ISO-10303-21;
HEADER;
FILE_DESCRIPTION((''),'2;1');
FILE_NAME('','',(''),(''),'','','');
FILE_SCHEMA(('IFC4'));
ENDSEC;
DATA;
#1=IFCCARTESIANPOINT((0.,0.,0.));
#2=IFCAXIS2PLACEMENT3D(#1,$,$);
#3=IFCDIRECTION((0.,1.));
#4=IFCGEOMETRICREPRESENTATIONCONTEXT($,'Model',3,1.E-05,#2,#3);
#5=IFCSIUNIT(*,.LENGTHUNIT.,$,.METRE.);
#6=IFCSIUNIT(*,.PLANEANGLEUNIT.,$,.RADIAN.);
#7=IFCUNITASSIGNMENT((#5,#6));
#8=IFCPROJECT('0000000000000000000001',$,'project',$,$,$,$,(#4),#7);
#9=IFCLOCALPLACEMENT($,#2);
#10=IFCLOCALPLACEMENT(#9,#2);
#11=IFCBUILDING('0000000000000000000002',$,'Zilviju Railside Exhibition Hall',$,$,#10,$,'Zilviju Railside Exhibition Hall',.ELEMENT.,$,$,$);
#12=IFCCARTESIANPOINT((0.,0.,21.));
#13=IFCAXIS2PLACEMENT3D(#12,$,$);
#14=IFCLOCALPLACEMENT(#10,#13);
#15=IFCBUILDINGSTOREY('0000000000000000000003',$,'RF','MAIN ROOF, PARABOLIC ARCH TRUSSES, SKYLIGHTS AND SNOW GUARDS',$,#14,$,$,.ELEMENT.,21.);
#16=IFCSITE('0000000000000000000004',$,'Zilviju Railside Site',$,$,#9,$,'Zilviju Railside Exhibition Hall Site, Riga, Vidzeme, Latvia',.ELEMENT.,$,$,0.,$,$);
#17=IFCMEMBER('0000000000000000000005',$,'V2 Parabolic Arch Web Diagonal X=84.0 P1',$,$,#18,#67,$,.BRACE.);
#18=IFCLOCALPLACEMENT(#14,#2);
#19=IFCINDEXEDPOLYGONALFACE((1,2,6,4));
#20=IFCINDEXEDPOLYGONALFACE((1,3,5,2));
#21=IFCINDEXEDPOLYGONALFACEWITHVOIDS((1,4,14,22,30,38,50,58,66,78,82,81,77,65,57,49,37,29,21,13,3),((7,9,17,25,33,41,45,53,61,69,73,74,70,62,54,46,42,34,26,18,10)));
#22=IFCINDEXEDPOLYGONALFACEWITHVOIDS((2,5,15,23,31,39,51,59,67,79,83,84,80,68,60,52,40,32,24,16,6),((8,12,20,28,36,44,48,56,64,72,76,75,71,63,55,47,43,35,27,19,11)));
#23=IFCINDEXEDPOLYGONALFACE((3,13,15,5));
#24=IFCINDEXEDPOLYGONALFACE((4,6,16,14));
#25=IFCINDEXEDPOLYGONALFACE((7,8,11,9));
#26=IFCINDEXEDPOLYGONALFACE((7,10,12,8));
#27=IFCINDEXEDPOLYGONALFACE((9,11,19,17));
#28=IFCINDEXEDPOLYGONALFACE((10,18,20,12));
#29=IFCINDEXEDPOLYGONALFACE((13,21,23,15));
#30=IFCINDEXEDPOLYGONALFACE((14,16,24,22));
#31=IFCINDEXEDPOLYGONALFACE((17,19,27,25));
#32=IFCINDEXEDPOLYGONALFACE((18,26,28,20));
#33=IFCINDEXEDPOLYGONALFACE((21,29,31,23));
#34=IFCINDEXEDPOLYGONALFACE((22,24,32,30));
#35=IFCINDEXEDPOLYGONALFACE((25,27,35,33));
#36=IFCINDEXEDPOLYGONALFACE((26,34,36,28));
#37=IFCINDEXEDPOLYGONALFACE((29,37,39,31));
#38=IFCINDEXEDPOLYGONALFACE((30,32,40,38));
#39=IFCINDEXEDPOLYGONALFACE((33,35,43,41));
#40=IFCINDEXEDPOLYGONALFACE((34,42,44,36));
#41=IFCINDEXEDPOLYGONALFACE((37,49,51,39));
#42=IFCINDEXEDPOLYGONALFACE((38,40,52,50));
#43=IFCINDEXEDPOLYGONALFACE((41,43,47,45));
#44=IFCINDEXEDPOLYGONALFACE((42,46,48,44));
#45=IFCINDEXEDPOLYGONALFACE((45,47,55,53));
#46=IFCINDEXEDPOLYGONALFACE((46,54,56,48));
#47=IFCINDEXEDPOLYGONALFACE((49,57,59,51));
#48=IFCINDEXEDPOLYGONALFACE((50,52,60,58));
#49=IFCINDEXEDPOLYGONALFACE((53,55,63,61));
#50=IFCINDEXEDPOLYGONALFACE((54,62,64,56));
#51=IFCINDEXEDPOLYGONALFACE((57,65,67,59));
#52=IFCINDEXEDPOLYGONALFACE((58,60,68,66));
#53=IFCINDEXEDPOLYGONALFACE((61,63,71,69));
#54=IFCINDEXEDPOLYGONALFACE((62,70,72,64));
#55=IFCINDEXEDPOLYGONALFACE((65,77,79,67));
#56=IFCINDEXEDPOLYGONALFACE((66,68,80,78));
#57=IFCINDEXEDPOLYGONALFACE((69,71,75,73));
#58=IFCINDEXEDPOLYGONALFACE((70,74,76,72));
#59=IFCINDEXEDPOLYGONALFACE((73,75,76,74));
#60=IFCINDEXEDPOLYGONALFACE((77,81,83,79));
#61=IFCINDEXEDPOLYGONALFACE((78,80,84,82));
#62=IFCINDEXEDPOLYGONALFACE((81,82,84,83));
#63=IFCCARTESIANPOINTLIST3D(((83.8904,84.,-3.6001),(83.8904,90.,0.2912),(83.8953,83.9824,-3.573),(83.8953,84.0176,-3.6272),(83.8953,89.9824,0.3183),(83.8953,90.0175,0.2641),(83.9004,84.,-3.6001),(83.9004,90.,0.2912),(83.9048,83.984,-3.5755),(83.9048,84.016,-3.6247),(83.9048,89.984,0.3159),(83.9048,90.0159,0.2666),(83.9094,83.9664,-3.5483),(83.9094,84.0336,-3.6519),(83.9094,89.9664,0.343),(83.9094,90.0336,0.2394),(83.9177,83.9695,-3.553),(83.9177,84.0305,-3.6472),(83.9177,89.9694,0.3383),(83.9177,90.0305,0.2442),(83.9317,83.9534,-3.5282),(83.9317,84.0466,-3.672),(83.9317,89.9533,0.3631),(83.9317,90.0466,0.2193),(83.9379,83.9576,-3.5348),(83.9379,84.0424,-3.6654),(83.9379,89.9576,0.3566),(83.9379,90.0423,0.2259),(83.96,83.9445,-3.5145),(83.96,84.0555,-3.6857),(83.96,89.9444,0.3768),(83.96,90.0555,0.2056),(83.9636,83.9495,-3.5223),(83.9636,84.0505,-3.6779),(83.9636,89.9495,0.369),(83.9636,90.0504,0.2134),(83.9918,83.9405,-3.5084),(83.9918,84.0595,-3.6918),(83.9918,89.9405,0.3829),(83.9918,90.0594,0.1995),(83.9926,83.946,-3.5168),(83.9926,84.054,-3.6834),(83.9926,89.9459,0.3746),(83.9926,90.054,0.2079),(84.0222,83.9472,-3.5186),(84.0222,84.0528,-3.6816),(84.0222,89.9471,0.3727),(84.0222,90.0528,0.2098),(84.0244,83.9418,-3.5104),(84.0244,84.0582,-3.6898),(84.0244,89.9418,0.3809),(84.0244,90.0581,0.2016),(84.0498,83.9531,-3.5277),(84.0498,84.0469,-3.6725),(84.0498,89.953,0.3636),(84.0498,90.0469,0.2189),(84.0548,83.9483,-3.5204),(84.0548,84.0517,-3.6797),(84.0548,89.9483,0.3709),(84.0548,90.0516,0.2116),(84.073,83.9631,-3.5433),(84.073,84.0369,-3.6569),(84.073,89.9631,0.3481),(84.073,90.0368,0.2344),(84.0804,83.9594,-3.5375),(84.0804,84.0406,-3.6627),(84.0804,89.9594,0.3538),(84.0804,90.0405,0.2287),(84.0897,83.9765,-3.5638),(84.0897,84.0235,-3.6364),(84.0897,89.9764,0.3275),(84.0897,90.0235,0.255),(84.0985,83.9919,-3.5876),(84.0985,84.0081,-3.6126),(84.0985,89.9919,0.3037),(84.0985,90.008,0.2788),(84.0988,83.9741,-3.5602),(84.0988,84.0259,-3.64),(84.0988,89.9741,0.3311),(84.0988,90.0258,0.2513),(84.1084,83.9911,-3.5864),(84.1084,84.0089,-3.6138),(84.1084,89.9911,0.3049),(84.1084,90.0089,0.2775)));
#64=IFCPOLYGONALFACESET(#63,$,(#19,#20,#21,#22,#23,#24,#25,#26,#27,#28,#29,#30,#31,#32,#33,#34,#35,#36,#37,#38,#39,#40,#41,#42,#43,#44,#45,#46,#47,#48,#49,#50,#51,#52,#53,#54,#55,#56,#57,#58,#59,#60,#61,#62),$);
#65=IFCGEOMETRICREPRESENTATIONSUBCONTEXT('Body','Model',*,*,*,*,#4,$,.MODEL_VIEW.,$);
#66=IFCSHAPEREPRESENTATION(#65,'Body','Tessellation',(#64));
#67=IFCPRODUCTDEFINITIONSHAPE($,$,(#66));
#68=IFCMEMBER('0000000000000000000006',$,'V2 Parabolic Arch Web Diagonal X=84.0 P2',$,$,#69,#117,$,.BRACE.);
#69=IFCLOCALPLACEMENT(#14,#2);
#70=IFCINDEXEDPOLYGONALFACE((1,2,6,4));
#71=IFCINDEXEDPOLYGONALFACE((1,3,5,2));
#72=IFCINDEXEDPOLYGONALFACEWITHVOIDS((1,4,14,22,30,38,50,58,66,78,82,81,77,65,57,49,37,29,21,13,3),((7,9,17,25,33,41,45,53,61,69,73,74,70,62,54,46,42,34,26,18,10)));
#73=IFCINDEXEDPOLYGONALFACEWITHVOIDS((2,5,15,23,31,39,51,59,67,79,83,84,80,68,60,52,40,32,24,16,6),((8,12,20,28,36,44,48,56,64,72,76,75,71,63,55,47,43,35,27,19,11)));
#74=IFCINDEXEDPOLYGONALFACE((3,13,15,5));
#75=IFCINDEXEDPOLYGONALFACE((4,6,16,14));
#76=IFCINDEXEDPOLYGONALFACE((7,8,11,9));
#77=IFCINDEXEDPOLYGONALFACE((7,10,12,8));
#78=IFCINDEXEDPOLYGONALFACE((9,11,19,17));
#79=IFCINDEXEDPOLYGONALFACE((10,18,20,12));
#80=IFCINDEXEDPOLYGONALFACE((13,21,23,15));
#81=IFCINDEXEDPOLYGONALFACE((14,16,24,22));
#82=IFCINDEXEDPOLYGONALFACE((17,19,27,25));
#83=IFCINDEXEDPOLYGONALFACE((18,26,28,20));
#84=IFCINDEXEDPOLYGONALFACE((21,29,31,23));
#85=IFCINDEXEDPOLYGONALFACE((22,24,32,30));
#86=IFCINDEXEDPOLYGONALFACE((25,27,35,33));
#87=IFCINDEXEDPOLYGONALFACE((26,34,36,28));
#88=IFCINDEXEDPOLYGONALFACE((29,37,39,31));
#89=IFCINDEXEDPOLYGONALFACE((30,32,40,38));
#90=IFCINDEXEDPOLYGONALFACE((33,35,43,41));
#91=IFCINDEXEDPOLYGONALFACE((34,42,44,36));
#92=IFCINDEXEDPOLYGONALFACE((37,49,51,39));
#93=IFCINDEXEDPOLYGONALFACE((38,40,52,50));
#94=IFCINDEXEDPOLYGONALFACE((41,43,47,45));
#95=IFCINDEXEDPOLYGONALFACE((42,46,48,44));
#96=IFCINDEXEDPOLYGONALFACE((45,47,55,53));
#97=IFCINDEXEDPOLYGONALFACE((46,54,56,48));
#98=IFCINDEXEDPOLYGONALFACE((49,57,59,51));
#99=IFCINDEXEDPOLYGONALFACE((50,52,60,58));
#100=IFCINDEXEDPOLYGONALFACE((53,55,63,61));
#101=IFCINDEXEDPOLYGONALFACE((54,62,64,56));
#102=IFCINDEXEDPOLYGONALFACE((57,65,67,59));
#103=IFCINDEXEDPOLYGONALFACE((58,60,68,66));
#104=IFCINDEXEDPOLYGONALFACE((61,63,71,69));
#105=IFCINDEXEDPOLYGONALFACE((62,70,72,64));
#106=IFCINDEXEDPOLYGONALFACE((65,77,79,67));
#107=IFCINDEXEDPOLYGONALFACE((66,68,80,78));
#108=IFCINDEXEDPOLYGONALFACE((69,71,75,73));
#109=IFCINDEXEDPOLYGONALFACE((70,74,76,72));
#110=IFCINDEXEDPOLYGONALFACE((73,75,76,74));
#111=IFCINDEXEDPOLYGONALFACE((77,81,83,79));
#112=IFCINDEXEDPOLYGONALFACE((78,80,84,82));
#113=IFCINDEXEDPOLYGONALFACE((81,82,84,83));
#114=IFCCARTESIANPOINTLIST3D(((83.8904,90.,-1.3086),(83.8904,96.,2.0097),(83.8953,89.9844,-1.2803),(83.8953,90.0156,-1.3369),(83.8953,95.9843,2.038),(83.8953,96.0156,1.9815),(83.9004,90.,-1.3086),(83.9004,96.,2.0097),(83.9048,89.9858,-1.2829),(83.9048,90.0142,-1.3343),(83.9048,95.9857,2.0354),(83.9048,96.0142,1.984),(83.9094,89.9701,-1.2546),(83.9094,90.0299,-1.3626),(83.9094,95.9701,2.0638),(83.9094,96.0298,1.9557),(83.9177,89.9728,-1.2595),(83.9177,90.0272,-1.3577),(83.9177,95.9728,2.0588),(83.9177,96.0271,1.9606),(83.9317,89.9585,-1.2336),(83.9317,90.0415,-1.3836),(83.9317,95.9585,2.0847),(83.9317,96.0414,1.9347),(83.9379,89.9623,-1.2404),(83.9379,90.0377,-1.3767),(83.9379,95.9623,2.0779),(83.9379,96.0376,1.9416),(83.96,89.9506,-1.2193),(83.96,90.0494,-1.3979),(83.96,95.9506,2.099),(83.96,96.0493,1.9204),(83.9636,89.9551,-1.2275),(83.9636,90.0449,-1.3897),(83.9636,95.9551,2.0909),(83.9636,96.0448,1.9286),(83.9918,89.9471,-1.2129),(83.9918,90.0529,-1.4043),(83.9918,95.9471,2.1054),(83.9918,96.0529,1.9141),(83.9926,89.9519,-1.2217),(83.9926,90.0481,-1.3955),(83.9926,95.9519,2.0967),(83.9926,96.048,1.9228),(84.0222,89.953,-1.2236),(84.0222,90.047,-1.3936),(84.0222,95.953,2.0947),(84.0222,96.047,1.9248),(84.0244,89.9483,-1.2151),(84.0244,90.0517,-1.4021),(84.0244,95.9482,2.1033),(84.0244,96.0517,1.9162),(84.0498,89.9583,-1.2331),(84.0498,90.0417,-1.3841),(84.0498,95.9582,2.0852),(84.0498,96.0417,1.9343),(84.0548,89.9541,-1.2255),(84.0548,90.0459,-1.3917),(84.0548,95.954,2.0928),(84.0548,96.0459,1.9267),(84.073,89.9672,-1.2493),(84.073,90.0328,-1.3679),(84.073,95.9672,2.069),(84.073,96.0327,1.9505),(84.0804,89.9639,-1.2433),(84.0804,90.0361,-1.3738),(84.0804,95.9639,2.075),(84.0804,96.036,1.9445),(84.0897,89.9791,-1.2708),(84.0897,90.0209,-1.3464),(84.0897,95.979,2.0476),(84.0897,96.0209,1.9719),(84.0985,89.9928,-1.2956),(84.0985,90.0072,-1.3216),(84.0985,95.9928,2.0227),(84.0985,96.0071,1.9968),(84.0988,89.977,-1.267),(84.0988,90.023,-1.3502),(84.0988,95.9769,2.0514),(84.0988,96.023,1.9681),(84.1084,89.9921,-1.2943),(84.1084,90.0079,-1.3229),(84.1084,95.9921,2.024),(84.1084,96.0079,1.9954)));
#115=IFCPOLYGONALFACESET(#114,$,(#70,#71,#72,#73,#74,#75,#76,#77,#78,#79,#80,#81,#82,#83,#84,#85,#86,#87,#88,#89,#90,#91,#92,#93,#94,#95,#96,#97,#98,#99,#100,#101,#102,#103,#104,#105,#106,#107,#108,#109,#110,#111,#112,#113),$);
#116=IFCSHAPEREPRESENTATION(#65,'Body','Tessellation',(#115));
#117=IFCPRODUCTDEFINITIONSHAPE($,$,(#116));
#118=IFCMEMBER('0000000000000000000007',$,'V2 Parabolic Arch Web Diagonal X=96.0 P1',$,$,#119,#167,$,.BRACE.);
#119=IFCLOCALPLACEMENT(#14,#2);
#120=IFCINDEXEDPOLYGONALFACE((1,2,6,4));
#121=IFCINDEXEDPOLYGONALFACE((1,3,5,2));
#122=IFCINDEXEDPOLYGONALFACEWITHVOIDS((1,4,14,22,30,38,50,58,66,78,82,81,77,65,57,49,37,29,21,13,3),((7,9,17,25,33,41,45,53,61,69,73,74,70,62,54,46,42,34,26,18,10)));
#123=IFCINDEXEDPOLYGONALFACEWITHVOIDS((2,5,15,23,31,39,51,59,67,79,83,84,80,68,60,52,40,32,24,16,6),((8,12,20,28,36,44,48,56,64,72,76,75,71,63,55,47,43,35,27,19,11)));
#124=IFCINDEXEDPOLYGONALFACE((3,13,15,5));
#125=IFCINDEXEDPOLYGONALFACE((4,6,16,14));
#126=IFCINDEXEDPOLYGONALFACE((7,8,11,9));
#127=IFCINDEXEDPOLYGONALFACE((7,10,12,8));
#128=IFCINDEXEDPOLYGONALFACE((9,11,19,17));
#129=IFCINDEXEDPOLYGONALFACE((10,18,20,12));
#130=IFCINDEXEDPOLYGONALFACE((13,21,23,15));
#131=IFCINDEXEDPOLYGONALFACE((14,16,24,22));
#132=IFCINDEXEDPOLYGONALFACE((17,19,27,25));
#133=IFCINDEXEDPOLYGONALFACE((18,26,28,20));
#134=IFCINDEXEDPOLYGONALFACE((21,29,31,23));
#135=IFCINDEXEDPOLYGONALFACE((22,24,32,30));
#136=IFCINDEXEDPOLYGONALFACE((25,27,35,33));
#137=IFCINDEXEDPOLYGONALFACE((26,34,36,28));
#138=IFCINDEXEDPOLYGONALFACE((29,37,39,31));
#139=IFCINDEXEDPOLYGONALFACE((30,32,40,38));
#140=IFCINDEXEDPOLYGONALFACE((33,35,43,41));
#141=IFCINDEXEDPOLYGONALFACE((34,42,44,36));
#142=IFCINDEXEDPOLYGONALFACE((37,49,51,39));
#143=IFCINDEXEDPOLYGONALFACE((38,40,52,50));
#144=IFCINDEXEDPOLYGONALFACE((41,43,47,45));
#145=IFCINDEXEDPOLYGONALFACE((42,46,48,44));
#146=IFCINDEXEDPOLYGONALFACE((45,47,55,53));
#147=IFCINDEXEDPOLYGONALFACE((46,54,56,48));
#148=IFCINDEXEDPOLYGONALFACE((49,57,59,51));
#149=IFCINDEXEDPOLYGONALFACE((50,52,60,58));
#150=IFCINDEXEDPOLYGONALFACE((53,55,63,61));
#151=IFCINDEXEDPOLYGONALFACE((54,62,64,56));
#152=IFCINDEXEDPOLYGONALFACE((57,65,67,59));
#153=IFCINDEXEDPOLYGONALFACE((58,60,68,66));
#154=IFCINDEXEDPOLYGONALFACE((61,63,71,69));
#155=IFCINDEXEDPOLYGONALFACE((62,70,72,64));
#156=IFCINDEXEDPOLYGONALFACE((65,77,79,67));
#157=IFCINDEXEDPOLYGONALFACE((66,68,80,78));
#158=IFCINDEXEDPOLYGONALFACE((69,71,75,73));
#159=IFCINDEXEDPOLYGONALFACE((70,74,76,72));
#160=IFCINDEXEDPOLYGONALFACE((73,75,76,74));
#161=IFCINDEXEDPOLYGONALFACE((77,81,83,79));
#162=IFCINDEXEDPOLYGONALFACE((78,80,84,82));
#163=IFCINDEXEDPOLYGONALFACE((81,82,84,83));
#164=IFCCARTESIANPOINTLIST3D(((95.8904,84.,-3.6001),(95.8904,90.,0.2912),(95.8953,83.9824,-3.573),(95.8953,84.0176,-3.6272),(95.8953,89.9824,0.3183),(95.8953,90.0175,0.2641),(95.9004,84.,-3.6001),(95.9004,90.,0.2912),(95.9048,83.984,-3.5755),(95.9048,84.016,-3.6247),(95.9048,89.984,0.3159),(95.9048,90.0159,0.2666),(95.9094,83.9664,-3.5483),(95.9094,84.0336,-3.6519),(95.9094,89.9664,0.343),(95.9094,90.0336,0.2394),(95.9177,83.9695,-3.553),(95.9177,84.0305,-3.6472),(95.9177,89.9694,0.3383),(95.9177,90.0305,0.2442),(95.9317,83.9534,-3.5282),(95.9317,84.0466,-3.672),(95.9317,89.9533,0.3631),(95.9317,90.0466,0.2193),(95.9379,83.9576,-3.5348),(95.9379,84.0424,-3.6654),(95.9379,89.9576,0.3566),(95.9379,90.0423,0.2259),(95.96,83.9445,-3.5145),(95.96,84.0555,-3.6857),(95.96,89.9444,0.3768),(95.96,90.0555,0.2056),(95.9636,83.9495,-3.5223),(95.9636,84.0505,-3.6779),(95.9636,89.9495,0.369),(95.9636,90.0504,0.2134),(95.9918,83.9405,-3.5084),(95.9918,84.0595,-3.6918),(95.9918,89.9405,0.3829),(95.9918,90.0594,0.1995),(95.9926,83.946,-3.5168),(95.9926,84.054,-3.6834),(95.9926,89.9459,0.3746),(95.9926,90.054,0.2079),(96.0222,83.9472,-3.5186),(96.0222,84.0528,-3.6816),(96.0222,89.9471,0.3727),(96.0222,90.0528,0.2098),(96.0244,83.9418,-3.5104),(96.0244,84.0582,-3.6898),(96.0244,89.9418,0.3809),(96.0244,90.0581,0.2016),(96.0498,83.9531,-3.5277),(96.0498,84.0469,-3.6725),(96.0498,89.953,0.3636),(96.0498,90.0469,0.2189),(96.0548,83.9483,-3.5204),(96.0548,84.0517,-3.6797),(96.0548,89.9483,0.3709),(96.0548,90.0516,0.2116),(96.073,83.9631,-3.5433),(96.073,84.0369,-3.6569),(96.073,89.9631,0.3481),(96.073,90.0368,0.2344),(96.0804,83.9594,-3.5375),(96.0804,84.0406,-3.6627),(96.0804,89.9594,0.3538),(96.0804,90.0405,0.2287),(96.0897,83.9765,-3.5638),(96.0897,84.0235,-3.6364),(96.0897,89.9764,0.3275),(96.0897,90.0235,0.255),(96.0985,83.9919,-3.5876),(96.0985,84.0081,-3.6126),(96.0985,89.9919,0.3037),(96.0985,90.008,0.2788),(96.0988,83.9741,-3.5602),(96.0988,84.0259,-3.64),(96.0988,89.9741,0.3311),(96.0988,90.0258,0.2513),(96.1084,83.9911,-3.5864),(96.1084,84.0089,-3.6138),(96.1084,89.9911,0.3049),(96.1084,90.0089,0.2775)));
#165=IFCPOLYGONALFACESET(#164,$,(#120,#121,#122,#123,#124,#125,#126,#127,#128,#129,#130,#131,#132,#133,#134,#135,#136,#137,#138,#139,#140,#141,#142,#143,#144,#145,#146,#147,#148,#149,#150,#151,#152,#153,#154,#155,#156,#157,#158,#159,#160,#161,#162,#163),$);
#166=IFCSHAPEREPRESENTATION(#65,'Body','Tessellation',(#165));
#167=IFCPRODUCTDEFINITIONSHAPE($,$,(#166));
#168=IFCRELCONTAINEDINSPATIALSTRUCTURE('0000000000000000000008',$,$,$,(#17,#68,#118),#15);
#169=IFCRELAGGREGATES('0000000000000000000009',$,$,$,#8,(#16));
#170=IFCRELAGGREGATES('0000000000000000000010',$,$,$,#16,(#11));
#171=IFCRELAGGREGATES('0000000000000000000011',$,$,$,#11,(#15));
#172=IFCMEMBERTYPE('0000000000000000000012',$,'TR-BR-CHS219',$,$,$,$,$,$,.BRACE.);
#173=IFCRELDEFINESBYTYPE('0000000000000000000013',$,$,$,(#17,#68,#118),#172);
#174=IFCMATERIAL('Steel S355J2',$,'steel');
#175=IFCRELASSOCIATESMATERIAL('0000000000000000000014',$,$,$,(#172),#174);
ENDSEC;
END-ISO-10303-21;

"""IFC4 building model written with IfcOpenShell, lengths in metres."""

from ifc_helpers import new_model, si_unit, direction, frame, origin, origin_2d, place, context, subcontext, project, spatial, hollow_circle, extrude, material, material_profile, profile_set, type_object, element, save


model = new_model("IFC4")

# Units and contexts
model_context = context("Model", 3, precision=1e-05, world=origin(), true_north=direction((0.0, 1.0)))
body_context = subcontext(model_context, "Body", "Model", "MODEL_VIEW")
ifc_project = project(units=[si_unit("LENGTHUNIT", "METRE"), si_unit("PLANEANGLEUNIT", "RADIAN")], contexts=[model_context])

# Site, building, storey
site_placement = place(None, origin())
site = spatial("IfcSite", under=ifc_project, at=site_placement, Name="Zilviju Railside Site", LongName="Zilviju Railside Exhibition Hall Site, Riga, Vidzeme, Latvia", CompositionType="ELEMENT", RefElevation=0.0)
building_placement = place(site_placement, origin())
building = spatial("IfcBuilding", under=site, at=building_placement, Name="Zilviju Railside Exhibition Hall", LongName="Zilviju Railside Exhibition Hall", CompositionType="ELEMENT")
storey_placement = place(building_placement, frame((0.0, 0.0, 21.0)))
storey = spatial("IfcBuildingStorey", under=building, at=storey_placement, Name="RF", Description="MAIN ROOF, PARABOLIC ARCH TRUSSES, SKYLIGHTS AND SNOW GUARDS", CompositionType="ELEMENT", Elevation=21.0)

# Members
ifc_material_1 = material(Name="Steel S355J2", Category="steel")
ifc_material_profile_1 = material_profile(ifc_material_1, hollow_circle(Radius=0.1096, WallThickness=0.01, at=origin_2d()), Name="CHS 219.1x10.0")
ifc_profile_set_1 = profile_set([ifc_material_profile_1], Name="Steel S355J2")
member_type_1 = type_object("IfcMemberType", Name="TR-BR-CHS219", PredefinedType="BRACE", material=ifc_profile_set_1)
member_1_placement = place(storey_placement, frame((84.0, 84.0, -3.6001), z_axis=(0.0, 0.838995, 0.544139), x_axis=(-1.0, 0.0, 0.0)))
element("IfcMember", 1, at=member_1_placement, inside=storey, type_object=member_type_1, Name="V2 Parabolic Arch Web Diagonal X=84.0 P1", PredefinedType="BRACE", context=body_context, shape_type="SweptSolid", body=[
    extrude(hollow_circle(Radius=0.1096, WallThickness=0.01, at=origin_2d()), origin(), (0.0, 0.0, 1.0), 7.1514),
])
member_2_placement = place(storey_placement, frame((84.0, 90.0, -1.3086), z_axis=(0.0, 0.875083, 0.483973), x_axis=(-1.0, 0.0, 0.0)))
element("IfcMember", 2, at=member_2_placement, inside=storey, type_object=member_type_1, Name="V2 Parabolic Arch Web Diagonal X=84.0 P2", PredefinedType="BRACE", context=body_context, shape_type="SweptSolid", body=[
    extrude(hollow_circle(Radius=0.1096, WallThickness=0.01, at=origin_2d()), origin(), (0.0, 0.0, 1.0), 6.8564),
])
member_3_placement = place(storey_placement, frame((96.0, 84.0, -3.6001), z_axis=(0.0, 0.838995, 0.544139), x_axis=(-1.0, 0.0, 0.0)))
element("IfcMember", 3, at=member_3_placement, inside=storey, type_object=member_type_1, Name="V2 Parabolic Arch Web Diagonal X=96.0 P1", PredefinedType="BRACE", context=body_context, shape_type="SweptSolid", body=[
    extrude(hollow_circle(Radius=0.1096, WallThickness=0.01, at=origin_2d()), origin(), (0.0, 0.0, 1.0), 7.1514),
])

save(model, "model.ifc")
